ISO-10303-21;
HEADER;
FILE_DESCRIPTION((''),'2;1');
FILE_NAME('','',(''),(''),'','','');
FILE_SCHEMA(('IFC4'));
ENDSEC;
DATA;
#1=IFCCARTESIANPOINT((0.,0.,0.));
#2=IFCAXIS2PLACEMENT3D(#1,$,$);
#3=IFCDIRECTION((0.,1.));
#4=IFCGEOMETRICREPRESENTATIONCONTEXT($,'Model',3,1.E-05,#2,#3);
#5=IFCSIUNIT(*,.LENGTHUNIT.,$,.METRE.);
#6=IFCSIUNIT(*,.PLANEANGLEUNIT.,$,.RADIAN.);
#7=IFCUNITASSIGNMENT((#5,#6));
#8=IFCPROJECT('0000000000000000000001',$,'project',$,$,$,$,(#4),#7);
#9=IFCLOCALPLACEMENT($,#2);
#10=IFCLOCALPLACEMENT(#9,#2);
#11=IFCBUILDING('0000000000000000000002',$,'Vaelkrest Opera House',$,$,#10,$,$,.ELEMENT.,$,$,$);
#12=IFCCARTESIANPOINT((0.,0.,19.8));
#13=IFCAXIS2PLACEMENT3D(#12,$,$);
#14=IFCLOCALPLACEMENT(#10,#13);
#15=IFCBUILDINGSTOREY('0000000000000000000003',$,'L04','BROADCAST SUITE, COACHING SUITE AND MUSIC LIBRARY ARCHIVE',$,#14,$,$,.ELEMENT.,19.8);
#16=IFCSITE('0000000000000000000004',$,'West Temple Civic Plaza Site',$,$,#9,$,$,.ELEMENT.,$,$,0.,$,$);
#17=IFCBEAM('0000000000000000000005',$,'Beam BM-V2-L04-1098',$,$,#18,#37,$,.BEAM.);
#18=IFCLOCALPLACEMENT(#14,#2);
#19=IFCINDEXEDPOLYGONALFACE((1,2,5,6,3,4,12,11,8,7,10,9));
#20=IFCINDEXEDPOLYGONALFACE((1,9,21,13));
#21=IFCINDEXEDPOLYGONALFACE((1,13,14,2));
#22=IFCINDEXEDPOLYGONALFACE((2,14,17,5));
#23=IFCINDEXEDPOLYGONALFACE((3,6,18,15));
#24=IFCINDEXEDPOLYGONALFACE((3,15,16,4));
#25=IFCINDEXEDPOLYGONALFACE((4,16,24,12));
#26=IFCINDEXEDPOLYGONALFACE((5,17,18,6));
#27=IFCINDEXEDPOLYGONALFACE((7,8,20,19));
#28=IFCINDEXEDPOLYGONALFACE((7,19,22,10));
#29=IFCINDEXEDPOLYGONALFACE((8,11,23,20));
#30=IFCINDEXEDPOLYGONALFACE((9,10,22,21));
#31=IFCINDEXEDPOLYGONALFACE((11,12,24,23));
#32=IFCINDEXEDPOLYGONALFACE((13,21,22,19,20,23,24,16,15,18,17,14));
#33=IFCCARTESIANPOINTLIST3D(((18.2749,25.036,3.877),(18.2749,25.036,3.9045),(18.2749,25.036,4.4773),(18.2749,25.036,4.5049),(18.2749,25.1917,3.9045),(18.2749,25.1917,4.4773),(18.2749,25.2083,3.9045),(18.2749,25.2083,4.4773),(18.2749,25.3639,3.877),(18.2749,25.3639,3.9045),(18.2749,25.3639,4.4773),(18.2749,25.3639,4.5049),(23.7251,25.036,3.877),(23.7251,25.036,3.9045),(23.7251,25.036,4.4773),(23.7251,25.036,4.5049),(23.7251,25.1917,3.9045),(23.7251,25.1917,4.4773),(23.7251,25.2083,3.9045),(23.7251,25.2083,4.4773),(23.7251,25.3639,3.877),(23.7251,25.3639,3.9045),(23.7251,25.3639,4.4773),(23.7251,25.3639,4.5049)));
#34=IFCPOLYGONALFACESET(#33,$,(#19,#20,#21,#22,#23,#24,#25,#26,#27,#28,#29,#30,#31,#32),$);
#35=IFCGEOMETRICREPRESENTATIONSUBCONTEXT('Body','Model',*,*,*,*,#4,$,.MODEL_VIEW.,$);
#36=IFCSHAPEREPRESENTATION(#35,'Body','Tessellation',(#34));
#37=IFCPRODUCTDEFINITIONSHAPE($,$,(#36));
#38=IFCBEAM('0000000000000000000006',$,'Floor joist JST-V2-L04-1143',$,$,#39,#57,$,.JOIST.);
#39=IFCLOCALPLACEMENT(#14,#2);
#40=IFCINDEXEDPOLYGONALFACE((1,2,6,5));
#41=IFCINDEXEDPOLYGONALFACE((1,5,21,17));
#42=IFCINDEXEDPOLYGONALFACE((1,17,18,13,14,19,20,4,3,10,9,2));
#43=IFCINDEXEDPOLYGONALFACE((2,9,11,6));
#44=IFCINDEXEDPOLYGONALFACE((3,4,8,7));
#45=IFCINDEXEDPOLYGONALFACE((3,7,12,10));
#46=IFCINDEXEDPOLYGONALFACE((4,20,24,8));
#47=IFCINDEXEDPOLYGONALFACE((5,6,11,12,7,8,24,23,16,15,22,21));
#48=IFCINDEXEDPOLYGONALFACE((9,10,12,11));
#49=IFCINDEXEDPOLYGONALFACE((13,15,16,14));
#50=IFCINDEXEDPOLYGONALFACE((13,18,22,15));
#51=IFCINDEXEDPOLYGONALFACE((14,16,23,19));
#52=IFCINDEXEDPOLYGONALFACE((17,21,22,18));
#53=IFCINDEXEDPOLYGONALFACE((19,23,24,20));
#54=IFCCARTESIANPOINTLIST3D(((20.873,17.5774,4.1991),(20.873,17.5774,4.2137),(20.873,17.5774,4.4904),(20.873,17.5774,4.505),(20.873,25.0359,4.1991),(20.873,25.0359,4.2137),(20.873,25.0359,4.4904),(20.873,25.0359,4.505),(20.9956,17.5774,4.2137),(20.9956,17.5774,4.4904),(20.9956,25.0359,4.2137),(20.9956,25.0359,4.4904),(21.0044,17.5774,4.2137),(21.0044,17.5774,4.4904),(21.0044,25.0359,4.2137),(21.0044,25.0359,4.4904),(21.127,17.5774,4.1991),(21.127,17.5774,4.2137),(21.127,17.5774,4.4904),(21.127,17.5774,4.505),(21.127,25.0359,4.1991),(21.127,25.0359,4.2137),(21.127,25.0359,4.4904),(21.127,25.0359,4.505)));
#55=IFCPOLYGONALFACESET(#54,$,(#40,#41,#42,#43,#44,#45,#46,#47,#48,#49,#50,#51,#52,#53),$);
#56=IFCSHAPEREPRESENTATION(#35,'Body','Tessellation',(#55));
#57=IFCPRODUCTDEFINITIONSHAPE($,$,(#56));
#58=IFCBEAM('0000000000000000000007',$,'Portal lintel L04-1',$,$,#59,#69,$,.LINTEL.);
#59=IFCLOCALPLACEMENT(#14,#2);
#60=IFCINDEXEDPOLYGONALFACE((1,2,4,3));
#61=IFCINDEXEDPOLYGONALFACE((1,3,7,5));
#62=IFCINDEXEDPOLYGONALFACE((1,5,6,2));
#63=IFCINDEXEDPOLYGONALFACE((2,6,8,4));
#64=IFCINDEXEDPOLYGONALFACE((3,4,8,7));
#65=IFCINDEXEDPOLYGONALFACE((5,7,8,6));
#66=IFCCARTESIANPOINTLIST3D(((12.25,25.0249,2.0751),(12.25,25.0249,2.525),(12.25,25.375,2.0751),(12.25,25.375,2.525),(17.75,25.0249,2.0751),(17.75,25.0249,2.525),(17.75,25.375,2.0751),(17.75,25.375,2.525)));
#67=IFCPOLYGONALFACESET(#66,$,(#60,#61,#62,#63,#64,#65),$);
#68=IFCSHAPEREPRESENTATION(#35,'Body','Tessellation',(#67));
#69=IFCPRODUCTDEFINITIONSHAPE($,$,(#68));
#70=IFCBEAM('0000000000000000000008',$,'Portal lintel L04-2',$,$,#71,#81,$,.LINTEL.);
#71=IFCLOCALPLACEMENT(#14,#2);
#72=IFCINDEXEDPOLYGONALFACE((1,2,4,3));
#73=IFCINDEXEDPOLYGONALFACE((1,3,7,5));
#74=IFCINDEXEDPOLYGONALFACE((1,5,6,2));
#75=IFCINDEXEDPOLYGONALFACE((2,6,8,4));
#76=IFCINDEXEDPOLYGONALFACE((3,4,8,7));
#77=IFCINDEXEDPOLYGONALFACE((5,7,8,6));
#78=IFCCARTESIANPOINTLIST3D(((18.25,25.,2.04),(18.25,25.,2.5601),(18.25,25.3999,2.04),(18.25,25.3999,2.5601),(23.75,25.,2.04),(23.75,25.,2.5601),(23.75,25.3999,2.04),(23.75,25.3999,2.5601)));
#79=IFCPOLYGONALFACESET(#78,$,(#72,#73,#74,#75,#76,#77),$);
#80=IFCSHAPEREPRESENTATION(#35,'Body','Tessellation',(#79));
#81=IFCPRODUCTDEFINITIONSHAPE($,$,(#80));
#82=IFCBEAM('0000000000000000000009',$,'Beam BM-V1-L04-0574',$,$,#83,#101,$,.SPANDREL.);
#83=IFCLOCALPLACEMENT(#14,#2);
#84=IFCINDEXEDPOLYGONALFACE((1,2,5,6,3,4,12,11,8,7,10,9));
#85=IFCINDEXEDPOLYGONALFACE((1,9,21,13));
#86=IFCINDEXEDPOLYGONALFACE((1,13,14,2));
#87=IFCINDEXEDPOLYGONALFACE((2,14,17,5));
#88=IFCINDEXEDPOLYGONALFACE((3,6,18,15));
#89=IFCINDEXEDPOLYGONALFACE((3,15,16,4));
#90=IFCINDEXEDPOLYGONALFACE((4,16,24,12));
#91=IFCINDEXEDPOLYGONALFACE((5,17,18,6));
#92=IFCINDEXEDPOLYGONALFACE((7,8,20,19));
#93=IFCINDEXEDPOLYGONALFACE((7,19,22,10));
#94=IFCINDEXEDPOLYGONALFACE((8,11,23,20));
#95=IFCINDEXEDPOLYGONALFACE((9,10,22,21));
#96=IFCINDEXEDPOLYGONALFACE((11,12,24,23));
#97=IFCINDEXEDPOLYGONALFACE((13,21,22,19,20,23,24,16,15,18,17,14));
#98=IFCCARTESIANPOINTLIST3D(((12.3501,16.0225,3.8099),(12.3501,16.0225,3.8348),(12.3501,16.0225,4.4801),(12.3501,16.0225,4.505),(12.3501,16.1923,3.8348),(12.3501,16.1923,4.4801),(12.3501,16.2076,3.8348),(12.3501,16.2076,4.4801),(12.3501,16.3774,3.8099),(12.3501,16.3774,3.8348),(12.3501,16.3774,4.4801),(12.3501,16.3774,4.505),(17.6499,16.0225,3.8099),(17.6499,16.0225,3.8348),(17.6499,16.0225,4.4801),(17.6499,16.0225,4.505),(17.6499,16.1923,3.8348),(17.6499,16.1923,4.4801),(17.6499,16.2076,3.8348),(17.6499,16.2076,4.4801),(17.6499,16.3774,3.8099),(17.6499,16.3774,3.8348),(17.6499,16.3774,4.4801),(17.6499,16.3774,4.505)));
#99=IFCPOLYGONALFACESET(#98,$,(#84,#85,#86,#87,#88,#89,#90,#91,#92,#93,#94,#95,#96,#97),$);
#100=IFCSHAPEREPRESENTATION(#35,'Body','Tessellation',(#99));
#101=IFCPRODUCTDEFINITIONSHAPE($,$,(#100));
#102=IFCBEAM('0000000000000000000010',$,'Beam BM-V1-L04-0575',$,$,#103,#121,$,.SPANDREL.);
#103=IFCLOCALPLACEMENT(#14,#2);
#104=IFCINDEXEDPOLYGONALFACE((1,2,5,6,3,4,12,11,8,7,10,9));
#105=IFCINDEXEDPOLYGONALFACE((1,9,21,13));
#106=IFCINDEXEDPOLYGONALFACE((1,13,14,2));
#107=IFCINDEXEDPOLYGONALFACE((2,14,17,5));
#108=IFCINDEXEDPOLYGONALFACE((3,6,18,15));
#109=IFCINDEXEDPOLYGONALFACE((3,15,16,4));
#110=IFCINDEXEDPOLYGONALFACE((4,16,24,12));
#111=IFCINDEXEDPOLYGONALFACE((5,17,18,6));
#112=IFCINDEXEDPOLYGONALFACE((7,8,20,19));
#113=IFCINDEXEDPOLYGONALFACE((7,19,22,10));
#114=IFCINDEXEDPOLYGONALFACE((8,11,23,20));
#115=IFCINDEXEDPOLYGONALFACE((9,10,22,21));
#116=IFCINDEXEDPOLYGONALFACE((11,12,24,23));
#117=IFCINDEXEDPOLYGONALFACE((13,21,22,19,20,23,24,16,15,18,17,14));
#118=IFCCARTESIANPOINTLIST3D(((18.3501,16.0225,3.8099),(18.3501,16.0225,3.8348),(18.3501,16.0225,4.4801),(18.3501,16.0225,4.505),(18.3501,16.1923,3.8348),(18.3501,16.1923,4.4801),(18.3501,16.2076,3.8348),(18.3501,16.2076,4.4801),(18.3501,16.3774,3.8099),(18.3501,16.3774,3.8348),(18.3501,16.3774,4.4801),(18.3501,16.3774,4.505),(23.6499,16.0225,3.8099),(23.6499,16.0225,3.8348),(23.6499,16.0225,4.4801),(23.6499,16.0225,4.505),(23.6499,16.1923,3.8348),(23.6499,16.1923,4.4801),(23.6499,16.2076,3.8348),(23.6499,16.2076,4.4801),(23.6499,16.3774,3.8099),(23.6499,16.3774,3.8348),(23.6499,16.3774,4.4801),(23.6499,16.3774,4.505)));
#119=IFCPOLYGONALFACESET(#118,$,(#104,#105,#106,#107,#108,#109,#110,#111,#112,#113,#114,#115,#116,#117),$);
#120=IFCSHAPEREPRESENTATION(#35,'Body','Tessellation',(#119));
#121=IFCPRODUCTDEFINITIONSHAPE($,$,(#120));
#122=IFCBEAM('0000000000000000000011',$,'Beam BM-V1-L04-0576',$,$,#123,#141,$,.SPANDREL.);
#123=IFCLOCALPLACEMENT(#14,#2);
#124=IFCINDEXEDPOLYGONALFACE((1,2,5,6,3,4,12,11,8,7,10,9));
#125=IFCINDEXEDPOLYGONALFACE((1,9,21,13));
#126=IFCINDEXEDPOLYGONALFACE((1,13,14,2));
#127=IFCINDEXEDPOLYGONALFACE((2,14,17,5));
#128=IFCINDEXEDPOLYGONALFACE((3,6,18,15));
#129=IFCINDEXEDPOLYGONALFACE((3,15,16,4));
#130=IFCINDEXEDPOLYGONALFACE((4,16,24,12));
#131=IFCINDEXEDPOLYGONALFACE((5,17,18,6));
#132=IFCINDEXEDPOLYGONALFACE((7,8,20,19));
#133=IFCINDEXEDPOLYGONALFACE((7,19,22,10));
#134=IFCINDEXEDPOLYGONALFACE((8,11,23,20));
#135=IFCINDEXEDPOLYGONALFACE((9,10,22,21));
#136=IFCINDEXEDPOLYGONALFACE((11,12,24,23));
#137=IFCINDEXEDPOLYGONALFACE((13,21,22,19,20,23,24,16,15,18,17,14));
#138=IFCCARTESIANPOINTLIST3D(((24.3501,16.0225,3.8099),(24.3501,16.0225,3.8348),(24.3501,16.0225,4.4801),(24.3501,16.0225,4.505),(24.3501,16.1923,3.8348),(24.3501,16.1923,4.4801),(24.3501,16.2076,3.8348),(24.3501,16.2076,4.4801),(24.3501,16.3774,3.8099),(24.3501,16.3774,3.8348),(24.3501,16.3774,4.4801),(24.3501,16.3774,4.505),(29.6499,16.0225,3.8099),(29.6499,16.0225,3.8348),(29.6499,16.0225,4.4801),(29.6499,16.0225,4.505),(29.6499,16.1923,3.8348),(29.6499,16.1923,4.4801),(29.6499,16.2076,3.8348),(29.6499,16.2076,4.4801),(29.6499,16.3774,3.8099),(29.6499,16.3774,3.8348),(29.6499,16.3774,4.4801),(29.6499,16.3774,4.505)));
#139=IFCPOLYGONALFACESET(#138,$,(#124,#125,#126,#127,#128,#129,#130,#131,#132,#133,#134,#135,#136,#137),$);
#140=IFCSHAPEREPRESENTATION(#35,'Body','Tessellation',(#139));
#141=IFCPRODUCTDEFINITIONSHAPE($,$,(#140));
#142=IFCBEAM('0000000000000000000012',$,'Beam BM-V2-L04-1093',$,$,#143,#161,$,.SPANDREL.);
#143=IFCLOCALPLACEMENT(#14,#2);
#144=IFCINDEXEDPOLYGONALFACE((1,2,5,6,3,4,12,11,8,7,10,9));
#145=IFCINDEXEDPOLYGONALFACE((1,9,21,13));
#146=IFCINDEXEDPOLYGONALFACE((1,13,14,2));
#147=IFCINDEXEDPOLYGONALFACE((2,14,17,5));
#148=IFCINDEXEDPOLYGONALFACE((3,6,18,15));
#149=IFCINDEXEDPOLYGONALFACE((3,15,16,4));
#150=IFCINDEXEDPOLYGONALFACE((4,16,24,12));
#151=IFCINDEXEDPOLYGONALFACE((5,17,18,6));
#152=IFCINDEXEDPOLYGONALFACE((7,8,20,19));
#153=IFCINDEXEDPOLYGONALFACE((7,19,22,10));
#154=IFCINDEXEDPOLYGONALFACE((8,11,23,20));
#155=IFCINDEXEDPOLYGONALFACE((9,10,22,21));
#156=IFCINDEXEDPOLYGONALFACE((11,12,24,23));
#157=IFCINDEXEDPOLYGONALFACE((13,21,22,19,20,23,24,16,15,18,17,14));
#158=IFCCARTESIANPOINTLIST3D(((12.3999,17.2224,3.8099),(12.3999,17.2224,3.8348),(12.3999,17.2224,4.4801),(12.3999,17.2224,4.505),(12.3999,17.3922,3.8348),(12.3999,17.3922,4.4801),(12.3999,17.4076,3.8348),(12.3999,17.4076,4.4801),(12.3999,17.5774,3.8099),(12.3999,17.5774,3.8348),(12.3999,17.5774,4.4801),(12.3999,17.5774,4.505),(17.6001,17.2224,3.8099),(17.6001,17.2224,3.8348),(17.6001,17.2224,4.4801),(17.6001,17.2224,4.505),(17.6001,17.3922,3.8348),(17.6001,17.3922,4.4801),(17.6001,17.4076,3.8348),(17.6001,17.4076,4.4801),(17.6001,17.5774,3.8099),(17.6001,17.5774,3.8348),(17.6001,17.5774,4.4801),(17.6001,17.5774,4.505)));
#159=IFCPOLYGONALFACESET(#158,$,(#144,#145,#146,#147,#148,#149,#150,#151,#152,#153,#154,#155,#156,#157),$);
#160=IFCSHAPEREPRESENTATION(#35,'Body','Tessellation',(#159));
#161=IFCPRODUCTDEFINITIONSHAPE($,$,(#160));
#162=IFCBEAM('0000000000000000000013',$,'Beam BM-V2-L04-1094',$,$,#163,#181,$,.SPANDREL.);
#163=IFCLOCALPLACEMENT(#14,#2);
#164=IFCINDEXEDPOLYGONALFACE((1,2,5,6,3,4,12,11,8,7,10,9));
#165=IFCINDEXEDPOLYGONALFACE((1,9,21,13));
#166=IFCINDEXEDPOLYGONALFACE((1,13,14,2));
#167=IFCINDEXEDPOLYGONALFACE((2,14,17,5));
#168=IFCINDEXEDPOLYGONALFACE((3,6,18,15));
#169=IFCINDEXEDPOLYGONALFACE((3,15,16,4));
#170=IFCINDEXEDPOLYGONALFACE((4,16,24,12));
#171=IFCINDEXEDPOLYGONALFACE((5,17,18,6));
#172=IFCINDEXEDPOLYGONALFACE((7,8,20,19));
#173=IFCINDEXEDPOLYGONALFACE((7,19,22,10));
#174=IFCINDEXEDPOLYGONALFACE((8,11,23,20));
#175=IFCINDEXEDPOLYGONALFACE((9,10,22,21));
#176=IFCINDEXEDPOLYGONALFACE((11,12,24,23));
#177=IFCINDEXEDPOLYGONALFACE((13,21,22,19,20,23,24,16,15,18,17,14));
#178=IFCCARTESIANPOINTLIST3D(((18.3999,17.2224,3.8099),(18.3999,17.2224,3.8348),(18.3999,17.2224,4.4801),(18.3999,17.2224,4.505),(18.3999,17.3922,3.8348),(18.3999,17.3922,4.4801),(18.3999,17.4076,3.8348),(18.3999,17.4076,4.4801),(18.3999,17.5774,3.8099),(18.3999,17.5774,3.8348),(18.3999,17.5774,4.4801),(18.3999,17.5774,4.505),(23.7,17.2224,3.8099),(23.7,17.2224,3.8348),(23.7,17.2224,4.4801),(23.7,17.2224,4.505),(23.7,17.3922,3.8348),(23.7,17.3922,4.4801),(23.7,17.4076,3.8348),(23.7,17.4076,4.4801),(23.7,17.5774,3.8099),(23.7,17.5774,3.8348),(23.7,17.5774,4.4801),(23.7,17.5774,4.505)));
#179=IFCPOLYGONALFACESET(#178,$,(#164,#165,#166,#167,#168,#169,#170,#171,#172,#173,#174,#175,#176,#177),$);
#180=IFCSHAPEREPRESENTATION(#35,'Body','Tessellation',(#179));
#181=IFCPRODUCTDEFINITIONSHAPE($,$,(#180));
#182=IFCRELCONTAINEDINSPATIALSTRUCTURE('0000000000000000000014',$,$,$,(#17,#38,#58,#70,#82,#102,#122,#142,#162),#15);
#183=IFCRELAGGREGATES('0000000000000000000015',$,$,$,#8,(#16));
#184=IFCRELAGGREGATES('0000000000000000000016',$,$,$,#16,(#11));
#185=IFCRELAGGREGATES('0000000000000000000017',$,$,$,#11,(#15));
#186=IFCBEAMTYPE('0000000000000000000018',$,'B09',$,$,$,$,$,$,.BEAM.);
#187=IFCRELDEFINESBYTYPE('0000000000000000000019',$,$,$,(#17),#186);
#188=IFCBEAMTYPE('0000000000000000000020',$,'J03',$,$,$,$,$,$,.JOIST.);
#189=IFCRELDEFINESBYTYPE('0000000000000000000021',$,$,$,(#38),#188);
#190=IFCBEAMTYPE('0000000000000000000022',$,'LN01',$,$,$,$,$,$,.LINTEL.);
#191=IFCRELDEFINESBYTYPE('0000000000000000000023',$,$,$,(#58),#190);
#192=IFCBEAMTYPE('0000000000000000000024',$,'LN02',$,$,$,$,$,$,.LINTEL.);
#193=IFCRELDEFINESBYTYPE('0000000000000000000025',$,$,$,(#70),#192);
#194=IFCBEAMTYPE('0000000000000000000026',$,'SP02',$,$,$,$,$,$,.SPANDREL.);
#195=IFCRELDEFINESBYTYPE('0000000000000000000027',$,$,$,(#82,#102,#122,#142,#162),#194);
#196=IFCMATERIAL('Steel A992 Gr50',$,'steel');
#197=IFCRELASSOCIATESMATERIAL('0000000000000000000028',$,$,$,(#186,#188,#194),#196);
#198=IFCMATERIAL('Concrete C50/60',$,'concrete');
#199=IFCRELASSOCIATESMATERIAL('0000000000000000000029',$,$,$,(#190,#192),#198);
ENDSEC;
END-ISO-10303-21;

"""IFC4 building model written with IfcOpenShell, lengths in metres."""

from ifc_helpers import new_model, si_unit, direction, frame, origin, origin_2d, place, context, subcontext, project, spatial, rectangle, i_section, extrude, material, material_profile, profile_set, type_object, element, save


model = new_model("IFC4")

# Units and contexts
model_context = context("Model", 3, precision=1e-05, world=origin(), true_north=direction((0.0, 1.0)))
body_context = subcontext(model_context, "Body", "Model", "MODEL_VIEW")
ifc_project = project(units=[si_unit("LENGTHUNIT", "METRE"), si_unit("PLANEANGLEUNIT", "RADIAN")], contexts=[model_context])

# Site, building, storey
site_placement = place(None, origin())
site = spatial("IfcSite", under=ifc_project, at=site_placement, Name="West Temple Civic Plaza Site", CompositionType="ELEMENT", RefElevation=0.0)
building_placement = place(site_placement, origin())
building = spatial("IfcBuilding", under=site, at=building_placement, Name="Vaelkrest Opera House", CompositionType="ELEMENT")
storey_placement = place(building_placement, frame((0.0, 0.0, 19.8)))
storey = spatial("IfcBuildingStorey", under=building, at=storey_placement, Name="L04", Description="BROADCAST SUITE, COACHING SUITE AND MUSIC LIBRARY ARCHIVE", CompositionType="ELEMENT", Elevation=19.8)

# Shared definitions
ifc_material_1 = material(Name="Concrete C50/60", Category="concrete")

# Beams
ifc_material_2 = material(Name="Steel A992 Gr50", Category="steel")
ifc_material_profile_1 = material_profile(ifc_material_2, i_section(OverallWidth=0.3279, OverallDepth=0.6279, WebThickness=0.0166, FlangeThickness=0.0276, at=origin_2d()), Name="W24X146")
ifc_profile_set_1 = profile_set([ifc_material_profile_1], Name="Steel A992 Gr50")
beam_type_1 = type_object("IfcBeamType", Name="B09", PredefinedType="BEAM", material=ifc_profile_set_1)
beam_1_placement = place(storey_placement, frame((18.2749, 25.2, 4.1909), z_axis=(1.0, 0.0, 0.0), x_axis=(0.0, 1.0, 0.0)))
element("IfcBeam", 1, at=beam_1_placement, inside=storey, type_object=beam_type_1, Name="Beam BM-V2-L04-1098", PredefinedType="BEAM", context=body_context, shape_type="SweptSolid", body=[
    extrude(i_section(OverallWidth=0.3279, OverallDepth=0.6279, WebThickness=0.0166, FlangeThickness=0.0276, at=origin_2d()), origin(), (0.0, 0.0, 1.0), 5.4502),
])
ifc_material_profile_2 = material_profile(ifc_material_2, i_section(OverallWidth=0.2539, OverallDepth=0.3059, WebThickness=0.0088, FlangeThickness=0.0146, at=origin_2d()), Name="W12X53")
ifc_profile_set_2 = profile_set([ifc_material_profile_2], Name="Steel A992 Gr50")
beam_type_2 = type_object("IfcBeamType", Name="J03", PredefinedType="JOIST", material=ifc_profile_set_2)
beam_2_placement = place(storey_placement, frame((21.0, 17.5774, 4.3521), z_axis=(0.0, 1.0, 0.0), x_axis=(-1.0, 0.0, 0.0)))
element("IfcBeam", 2, at=beam_2_placement, inside=storey, type_object=beam_type_2, Name="Floor joist JST-V2-L04-1143", PredefinedType="JOIST", context=body_context, shape_type="SweptSolid", body=[
    extrude(i_section(OverallWidth=0.2539, OverallDepth=0.3059, WebThickness=0.0088, FlangeThickness=0.0146, at=origin_2d()), origin(), (0.0, 0.0, 1.0), 7.4585),
])
ifc_material_profile_3 = material_profile(ifc_material_1, rectangle(XDim=0.3501, YDim=0.45, at=origin_2d()), Name="RCB350X450")
ifc_profile_set_3 = profile_set([ifc_material_profile_3], Name="Concrete C50/60")
beam_type_3 = type_object("IfcBeamType", Name="LN01", PredefinedType="LINTEL", material=ifc_profile_set_3)
beam_3_placement = place(storey_placement, frame((12.25, 25.2, 2.3), z_axis=(1.0, 0.0, 0.0), x_axis=(0.0, 1.0, 0.0)))
element("IfcBeam", 3, at=beam_3_placement, inside=storey, type_object=beam_type_3, Name="Portal lintel L04-1", PredefinedType="LINTEL", context=body_context, shape_type="SweptSolid", body=[
    extrude(rectangle(XDim=0.3501, YDim=0.45, at=origin_2d()), origin(), (0.0, 0.0, 1.0), 5.5),
])
ifc_material_profile_4 = material_profile(ifc_material_1, rectangle(XDim=0.3999, YDim=0.52, at=origin_2d()), Name="RCB400X520")
ifc_profile_set_4 = profile_set([ifc_material_profile_4], Name="Concrete C50/60")
beam_type_4 = type_object("IfcBeamType", Name="LN02", PredefinedType="LINTEL", material=ifc_profile_set_4)
beam_4_placement = place(storey_placement, frame((18.25, 25.2, 2.3), z_axis=(1.0, 0.0, 0.0), x_axis=(0.0, 1.0, 0.0)))
element("IfcBeam", 4, at=beam_4_placement, inside=storey, type_object=beam_type_4, Name="Portal lintel L04-2", PredefinedType="LINTEL", context=body_context, shape_type="SweptSolid", body=[
    extrude(rectangle(XDim=0.3999, YDim=0.52, at=origin_2d()), origin(), (0.0, 0.0, 1.0), 5.5),
])
ifc_material_profile_5 = material_profile(ifc_material_2, i_section(OverallWidth=0.355, OverallDepth=0.6951, WebThickness=0.0154, FlangeThickness=0.0249, at=origin_2d()), Name="W27X146")
ifc_profile_set_5 = profile_set([ifc_material_profile_5], Name="Steel A992 Gr50")
beam_type_5 = type_object("IfcBeamType", Name="SP02", PredefinedType="SPANDREL", material=ifc_profile_set_5)
for number, where, z_axis, x_axis, name in (
    (5, (12.3501, 16.2, 4.1575), (1.0, 0.0, 0.0), (0.0, 1.0, 0.0), "Beam BM-V1-L04-0574"),
    (6, (18.3501, 16.2, 4.1575), (1.0, 0.0, 0.0), (0.0, 1.0, 0.0), "Beam BM-V1-L04-0575"),
    (7, (24.3501, 16.2, 4.1575), (1.0, 0.0, 0.0), (0.0, 1.0, 0.0), "Beam BM-V1-L04-0576"),
):
    element("IfcBeam", number, at=place(storey_placement, frame(where, z_axis=z_axis, x_axis=x_axis)), inside=storey, type_object=beam_type_5, Name=name, PredefinedType="SPANDREL", context=body_context, shape_type="SweptSolid", body=[
        extrude(i_section(OverallWidth=0.355, OverallDepth=0.6951, WebThickness=0.0154, FlangeThickness=0.0249, at=origin_2d()), origin(), (0.0, 0.0, 1.0), 5.2998),
    ])
beam_5_placement = place(storey_placement, frame((12.3999, 17.3999, 4.1575), z_axis=(1.0, 0.0, 0.0), x_axis=(0.0, 1.0, 0.0)))
element("IfcBeam", 8, at=beam_5_placement, inside=storey, type_object=beam_type_5, Name="Beam BM-V2-L04-1093", PredefinedType="SPANDREL", context=body_context, shape_type="SweptSolid", body=[
    extrude(i_section(OverallWidth=0.355, OverallDepth=0.6951, WebThickness=0.0154, FlangeThickness=0.0249, at=origin_2d()), origin(), (0.0, 0.0, 1.0), 5.2002),
])
beam_6_placement = place(storey_placement, frame((18.3999, 17.3999, 4.1575), z_axis=(1.0, 0.0, 0.0), x_axis=(0.0, 1.0, 0.0)))
element("IfcBeam", 9, at=beam_6_placement, inside=storey, type_object=beam_type_5, Name="Beam BM-V2-L04-1094", PredefinedType="SPANDREL", context=body_context, shape_type="SweptSolid", body=[
    extrude(i_section(OverallWidth=0.355, OverallDepth=0.6951, WebThickness=0.0154, FlangeThickness=0.0249, at=origin_2d()), origin(), (0.0, 0.0, 1.0), 5.3),
])

save(model, "model.ifc")
